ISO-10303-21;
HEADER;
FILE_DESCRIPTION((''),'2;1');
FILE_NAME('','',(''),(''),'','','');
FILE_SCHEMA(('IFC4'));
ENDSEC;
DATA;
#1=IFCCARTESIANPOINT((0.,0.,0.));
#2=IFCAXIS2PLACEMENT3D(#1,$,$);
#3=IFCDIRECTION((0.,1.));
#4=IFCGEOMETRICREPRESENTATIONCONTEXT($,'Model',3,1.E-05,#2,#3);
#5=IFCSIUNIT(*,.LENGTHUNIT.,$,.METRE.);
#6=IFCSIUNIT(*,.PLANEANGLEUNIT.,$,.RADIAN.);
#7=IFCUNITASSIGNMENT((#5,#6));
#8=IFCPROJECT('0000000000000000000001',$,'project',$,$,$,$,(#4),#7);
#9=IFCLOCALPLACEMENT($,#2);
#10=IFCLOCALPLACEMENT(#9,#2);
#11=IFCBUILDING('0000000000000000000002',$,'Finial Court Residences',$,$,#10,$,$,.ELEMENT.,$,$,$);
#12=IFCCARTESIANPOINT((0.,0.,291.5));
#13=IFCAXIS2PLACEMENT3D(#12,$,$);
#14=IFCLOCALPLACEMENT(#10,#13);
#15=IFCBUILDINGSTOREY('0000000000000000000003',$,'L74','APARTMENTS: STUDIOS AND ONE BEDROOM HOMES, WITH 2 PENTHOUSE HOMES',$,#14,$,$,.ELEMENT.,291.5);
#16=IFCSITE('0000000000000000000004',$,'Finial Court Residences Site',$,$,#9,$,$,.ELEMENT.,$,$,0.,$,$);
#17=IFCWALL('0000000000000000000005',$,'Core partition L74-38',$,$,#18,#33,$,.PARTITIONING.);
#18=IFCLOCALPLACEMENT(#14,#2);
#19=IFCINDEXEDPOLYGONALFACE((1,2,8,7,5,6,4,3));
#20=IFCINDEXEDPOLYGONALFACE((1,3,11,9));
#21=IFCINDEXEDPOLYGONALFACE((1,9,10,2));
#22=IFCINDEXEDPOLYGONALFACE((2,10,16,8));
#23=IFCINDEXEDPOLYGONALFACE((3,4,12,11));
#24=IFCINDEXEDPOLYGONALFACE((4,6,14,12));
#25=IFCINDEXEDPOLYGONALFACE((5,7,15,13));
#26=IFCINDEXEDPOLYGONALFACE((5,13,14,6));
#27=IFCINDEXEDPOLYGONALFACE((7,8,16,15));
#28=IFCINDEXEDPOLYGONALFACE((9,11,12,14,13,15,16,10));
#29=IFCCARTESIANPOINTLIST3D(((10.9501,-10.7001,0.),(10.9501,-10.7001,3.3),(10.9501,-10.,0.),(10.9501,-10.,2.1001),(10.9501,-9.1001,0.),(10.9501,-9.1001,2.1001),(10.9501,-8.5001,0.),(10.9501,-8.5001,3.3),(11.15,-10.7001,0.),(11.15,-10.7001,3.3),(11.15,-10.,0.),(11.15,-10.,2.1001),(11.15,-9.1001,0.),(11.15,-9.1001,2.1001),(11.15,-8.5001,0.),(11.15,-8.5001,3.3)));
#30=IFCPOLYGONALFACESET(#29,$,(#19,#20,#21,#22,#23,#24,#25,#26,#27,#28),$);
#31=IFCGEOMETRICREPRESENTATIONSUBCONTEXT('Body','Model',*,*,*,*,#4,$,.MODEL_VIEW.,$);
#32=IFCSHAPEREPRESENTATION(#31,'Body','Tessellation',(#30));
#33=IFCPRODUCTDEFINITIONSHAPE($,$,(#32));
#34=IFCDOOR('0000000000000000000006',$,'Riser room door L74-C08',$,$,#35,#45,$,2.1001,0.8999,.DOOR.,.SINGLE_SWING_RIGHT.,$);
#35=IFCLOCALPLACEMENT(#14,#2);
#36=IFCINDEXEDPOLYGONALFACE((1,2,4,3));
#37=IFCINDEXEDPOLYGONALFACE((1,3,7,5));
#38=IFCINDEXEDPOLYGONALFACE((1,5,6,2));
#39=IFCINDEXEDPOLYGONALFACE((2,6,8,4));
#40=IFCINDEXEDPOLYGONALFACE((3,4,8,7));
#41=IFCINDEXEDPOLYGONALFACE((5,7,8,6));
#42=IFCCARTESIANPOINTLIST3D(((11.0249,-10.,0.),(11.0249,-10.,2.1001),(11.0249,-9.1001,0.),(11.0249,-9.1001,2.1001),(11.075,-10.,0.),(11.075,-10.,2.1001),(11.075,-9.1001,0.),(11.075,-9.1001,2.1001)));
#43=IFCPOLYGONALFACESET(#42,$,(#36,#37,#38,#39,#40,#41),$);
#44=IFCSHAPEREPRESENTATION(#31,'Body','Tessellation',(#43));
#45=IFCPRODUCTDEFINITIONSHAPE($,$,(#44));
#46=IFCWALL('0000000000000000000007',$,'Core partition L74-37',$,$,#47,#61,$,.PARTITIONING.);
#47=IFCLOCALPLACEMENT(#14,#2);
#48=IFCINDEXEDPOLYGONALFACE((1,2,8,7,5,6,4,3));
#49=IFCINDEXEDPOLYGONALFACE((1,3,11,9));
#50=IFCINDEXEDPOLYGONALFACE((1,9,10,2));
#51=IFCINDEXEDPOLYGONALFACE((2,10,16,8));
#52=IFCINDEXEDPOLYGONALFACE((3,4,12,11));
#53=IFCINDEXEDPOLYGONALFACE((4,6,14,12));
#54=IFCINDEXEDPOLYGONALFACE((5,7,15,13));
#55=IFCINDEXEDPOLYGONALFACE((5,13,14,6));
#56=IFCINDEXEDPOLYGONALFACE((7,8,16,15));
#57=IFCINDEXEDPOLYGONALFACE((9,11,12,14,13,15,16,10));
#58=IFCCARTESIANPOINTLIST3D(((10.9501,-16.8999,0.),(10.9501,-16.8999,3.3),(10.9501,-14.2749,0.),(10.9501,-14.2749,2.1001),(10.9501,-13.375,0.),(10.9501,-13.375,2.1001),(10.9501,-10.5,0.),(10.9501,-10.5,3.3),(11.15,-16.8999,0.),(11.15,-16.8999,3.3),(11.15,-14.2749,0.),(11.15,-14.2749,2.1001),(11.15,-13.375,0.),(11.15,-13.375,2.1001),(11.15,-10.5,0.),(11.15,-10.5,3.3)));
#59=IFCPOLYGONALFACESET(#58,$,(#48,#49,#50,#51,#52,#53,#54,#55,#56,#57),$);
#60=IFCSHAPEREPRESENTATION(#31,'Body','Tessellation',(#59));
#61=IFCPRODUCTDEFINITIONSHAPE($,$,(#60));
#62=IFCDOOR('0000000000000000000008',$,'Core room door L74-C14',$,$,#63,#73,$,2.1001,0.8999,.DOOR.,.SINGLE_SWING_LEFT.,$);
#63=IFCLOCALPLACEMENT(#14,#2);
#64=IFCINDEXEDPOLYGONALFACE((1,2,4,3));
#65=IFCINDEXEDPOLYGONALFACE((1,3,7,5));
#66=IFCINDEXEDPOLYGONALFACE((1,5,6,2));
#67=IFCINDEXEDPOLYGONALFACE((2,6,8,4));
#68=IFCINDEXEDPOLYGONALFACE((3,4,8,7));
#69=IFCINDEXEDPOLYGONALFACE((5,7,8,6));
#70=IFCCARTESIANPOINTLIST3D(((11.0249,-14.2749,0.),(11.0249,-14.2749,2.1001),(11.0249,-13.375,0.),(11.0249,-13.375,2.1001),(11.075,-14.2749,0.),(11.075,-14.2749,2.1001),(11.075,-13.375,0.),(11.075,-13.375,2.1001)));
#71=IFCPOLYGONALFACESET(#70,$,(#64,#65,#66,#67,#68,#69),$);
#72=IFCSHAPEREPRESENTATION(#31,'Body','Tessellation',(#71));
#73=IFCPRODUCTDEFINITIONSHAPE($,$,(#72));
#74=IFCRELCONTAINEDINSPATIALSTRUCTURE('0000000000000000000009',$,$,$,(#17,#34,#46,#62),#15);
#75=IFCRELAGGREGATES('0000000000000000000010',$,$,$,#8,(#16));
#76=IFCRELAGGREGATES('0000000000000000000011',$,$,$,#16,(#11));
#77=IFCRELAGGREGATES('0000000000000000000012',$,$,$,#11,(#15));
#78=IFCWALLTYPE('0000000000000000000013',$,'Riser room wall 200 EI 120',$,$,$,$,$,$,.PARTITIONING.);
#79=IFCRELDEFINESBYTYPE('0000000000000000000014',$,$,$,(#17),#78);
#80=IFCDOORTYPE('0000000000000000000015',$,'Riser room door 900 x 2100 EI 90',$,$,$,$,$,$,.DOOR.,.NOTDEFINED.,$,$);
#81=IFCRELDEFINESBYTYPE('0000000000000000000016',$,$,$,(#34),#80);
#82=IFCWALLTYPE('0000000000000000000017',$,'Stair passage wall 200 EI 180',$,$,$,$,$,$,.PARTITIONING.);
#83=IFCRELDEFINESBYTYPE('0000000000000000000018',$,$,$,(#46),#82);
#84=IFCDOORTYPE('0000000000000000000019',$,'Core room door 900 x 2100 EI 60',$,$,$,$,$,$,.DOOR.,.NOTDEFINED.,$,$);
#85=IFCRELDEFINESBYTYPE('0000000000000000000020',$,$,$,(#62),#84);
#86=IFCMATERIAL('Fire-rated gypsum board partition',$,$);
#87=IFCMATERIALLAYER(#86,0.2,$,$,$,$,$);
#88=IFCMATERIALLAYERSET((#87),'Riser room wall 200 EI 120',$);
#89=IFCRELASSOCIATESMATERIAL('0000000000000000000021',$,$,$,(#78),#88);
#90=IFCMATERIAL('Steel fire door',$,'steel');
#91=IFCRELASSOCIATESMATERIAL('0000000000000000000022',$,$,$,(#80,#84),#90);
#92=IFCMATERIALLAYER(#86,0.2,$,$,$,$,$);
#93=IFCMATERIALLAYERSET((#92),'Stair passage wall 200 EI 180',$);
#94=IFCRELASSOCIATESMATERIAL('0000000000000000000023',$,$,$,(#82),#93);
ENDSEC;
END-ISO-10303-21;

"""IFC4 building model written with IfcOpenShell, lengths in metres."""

from ifc_helpers import new_model, si_unit, direction, frame, frame_2d, origin, place, context, subcontext, project, spatial, rectangle, extrude, material, layer, layer_set, type_object, element, fill, save


model = new_model("IFC4")

# Units and contexts
model_context = context("Model", 3, precision=1e-05, world=origin(), true_north=direction((0.0, 1.0)))
body_context = subcontext(model_context, "Body", "Model", "MODEL_VIEW")
ifc_project = project(units=[si_unit("LENGTHUNIT", "METRE"), si_unit("PLANEANGLEUNIT", "RADIAN")], contexts=[model_context])

# Site, building, storey
site_placement = place(None, origin())
site = spatial("IfcSite", under=ifc_project, at=site_placement, Name="Finial Court Residences Site", CompositionType="ELEMENT", RefElevation=0.0)
building_placement = place(site_placement, origin())
building = spatial("IfcBuilding", under=site, at=building_placement, Name="Finial Court Residences", CompositionType="ELEMENT")
storey_placement = place(building_placement, frame((0.0, 0.0, 291.5)))
storey = spatial("IfcBuildingStorey", under=building, at=storey_placement, Name="L74", Description="APARTMENTS: STUDIOS AND ONE BEDROOM HOMES, WITH 2 PENTHOUSE HOMES", CompositionType="ELEMENT", Elevation=291.5)

# Shared definitions
ifc_material_1 = material(Name="Fire-rated gypsum board partition")

# Shared definitions
ifc_material_2 = material(Name="Steel fire door", Category="steel")

# Shared definitions
ifc_layer_1 = layer(ifc_material_1, 0.2)
ifc_layer_set_1 = layer_set([ifc_layer_1], Name="Riser room wall 200 EI 120")
wall_type_1 = type_object("IfcWallType", Name="Riser room wall 200 EI 120", PredefinedType="PARTITIONING", material=ifc_layer_set_1)

# Walls, openings, doors
wall_1_placement = place(storey_placement, frame((11.05, -8.5, 0.0), z_axis=(0.0, 0.0, 1.0), x_axis=(0.0, -1.0, 0.0)))
wall_1 = element("IfcWall", 1, at=wall_1_placement, inside=storey, type_object=wall_type_1, Name="Core partition L74-38", PredefinedType="PARTITIONING", context=body_context, shape_type="SweptSolid", body=[
    extrude(rectangle(XDim=2.2, YDim=0.2, at=frame_2d((1.1001, 0.0))), origin(), (0.0, 0.0, 1.0), 3.3),
])
opening_1_placement = place(wall_1_placement, frame((0.6001, 0.0, 0.0)))
opening_1 = element("IfcOpeningElement", 2, at=opening_1_placement, cuts=wall_1, PredefinedType="OPENING", context=body_context, shape_type="SweptSolid", body=[
    extrude(rectangle(XDim=0.8999, YDim=2.1001, at=frame_2d((0.45, 1.05))), frame((0.0, 0.1099, 0.0), z_axis=(0.0, -1.0, 0.0), x_axis=(1.0, 0.0, 0.0)), (0.0, 0.0, 1.0), 0.22),
])
door_type_1 = type_object("IfcDoorType", Name="Riser room door 900 x 2100 EI 90", OperationType="NOTDEFINED", PredefinedType="DOOR", material=ifc_material_2)
door_1_placement = place(opening_1_placement, origin())
door_1 = element("IfcDoor", 3, at=door_1_placement, inside=storey, type_object=door_type_1, Name="Riser room door L74-C08", OperationType="SINGLE_SWING_RIGHT", OverallHeight=2.1001, OverallWidth=0.8999, PredefinedType="DOOR", context=body_context, shape_type="SweptSolid", body=[
    extrude(rectangle(XDim=0.8999, YDim=2.1001, at=frame_2d((0.45, 1.05))), frame((0.0, 0.0249, 0.0), z_axis=(0.0, -1.0, 0.0), x_axis=(1.0, 0.0, 0.0)), (0.0, 0.0, 1.0), 0.05),
])
fill(opening_1, door_1)
ifc_layer_2 = layer(ifc_material_1, 0.2)
ifc_layer_set_2 = layer_set([ifc_layer_2], Name="Stair passage wall 200 EI 180")
wall_type_2 = type_object("IfcWallType", Name="Stair passage wall 200 EI 180", PredefinedType="PARTITIONING", material=ifc_layer_set_2)
wall_2_placement = place(storey_placement, frame((11.05, -10.5, 0.0), z_axis=(0.0, 0.0, 1.0), x_axis=(0.0, -1.0, 0.0)))
wall_2 = element("IfcWall", 4, at=wall_2_placement, inside=storey, type_object=wall_type_2, Name="Core partition L74-37", PredefinedType="PARTITIONING", context=body_context, shape_type="SweptSolid", body=[
    extrude(rectangle(XDim=6.3999, YDim=0.2, at=frame_2d((3.2, 0.0))), origin(), (0.0, 0.0, 1.0), 3.3),
])
opening_2_placement = place(wall_2_placement, frame((2.875, 0.0, 0.0)))
opening_2 = element("IfcOpeningElement", 5, at=opening_2_placement, cuts=wall_2, PredefinedType="OPENING", context=body_context, shape_type="SweptSolid", body=[
    extrude(rectangle(XDim=0.8999, YDim=2.1001, at=frame_2d((0.45, 1.05))), frame((0.0, 0.1099, 0.0), z_axis=(0.0, -1.0, 0.0), x_axis=(1.0, 0.0, 0.0)), (0.0, 0.0, 1.0), 0.22),
])
door_type_2 = type_object("IfcDoorType", Name="Core room door 900 x 2100 EI 60", OperationType="NOTDEFINED", PredefinedType="DOOR", material=ifc_material_2)
door_2_placement = place(opening_2_placement, origin())
door_2 = element("IfcDoor", 6, at=door_2_placement, inside=storey, type_object=door_type_2, Name="Core room door L74-C14", OperationType="SINGLE_SWING_LEFT", OverallHeight=2.1001, OverallWidth=0.8999, PredefinedType="DOOR", context=body_context, shape_type="SweptSolid", body=[
    extrude(rectangle(XDim=0.8999, YDim=2.1001, at=frame_2d((0.45, 1.05))), frame((0.0, 0.0249, 0.0), z_axis=(0.0, -1.0, 0.0), x_axis=(1.0, 0.0, 0.0)), (0.0, 0.0, 1.0), 0.05),
])
fill(opening_2, door_2)

save(model, "model.ifc")
